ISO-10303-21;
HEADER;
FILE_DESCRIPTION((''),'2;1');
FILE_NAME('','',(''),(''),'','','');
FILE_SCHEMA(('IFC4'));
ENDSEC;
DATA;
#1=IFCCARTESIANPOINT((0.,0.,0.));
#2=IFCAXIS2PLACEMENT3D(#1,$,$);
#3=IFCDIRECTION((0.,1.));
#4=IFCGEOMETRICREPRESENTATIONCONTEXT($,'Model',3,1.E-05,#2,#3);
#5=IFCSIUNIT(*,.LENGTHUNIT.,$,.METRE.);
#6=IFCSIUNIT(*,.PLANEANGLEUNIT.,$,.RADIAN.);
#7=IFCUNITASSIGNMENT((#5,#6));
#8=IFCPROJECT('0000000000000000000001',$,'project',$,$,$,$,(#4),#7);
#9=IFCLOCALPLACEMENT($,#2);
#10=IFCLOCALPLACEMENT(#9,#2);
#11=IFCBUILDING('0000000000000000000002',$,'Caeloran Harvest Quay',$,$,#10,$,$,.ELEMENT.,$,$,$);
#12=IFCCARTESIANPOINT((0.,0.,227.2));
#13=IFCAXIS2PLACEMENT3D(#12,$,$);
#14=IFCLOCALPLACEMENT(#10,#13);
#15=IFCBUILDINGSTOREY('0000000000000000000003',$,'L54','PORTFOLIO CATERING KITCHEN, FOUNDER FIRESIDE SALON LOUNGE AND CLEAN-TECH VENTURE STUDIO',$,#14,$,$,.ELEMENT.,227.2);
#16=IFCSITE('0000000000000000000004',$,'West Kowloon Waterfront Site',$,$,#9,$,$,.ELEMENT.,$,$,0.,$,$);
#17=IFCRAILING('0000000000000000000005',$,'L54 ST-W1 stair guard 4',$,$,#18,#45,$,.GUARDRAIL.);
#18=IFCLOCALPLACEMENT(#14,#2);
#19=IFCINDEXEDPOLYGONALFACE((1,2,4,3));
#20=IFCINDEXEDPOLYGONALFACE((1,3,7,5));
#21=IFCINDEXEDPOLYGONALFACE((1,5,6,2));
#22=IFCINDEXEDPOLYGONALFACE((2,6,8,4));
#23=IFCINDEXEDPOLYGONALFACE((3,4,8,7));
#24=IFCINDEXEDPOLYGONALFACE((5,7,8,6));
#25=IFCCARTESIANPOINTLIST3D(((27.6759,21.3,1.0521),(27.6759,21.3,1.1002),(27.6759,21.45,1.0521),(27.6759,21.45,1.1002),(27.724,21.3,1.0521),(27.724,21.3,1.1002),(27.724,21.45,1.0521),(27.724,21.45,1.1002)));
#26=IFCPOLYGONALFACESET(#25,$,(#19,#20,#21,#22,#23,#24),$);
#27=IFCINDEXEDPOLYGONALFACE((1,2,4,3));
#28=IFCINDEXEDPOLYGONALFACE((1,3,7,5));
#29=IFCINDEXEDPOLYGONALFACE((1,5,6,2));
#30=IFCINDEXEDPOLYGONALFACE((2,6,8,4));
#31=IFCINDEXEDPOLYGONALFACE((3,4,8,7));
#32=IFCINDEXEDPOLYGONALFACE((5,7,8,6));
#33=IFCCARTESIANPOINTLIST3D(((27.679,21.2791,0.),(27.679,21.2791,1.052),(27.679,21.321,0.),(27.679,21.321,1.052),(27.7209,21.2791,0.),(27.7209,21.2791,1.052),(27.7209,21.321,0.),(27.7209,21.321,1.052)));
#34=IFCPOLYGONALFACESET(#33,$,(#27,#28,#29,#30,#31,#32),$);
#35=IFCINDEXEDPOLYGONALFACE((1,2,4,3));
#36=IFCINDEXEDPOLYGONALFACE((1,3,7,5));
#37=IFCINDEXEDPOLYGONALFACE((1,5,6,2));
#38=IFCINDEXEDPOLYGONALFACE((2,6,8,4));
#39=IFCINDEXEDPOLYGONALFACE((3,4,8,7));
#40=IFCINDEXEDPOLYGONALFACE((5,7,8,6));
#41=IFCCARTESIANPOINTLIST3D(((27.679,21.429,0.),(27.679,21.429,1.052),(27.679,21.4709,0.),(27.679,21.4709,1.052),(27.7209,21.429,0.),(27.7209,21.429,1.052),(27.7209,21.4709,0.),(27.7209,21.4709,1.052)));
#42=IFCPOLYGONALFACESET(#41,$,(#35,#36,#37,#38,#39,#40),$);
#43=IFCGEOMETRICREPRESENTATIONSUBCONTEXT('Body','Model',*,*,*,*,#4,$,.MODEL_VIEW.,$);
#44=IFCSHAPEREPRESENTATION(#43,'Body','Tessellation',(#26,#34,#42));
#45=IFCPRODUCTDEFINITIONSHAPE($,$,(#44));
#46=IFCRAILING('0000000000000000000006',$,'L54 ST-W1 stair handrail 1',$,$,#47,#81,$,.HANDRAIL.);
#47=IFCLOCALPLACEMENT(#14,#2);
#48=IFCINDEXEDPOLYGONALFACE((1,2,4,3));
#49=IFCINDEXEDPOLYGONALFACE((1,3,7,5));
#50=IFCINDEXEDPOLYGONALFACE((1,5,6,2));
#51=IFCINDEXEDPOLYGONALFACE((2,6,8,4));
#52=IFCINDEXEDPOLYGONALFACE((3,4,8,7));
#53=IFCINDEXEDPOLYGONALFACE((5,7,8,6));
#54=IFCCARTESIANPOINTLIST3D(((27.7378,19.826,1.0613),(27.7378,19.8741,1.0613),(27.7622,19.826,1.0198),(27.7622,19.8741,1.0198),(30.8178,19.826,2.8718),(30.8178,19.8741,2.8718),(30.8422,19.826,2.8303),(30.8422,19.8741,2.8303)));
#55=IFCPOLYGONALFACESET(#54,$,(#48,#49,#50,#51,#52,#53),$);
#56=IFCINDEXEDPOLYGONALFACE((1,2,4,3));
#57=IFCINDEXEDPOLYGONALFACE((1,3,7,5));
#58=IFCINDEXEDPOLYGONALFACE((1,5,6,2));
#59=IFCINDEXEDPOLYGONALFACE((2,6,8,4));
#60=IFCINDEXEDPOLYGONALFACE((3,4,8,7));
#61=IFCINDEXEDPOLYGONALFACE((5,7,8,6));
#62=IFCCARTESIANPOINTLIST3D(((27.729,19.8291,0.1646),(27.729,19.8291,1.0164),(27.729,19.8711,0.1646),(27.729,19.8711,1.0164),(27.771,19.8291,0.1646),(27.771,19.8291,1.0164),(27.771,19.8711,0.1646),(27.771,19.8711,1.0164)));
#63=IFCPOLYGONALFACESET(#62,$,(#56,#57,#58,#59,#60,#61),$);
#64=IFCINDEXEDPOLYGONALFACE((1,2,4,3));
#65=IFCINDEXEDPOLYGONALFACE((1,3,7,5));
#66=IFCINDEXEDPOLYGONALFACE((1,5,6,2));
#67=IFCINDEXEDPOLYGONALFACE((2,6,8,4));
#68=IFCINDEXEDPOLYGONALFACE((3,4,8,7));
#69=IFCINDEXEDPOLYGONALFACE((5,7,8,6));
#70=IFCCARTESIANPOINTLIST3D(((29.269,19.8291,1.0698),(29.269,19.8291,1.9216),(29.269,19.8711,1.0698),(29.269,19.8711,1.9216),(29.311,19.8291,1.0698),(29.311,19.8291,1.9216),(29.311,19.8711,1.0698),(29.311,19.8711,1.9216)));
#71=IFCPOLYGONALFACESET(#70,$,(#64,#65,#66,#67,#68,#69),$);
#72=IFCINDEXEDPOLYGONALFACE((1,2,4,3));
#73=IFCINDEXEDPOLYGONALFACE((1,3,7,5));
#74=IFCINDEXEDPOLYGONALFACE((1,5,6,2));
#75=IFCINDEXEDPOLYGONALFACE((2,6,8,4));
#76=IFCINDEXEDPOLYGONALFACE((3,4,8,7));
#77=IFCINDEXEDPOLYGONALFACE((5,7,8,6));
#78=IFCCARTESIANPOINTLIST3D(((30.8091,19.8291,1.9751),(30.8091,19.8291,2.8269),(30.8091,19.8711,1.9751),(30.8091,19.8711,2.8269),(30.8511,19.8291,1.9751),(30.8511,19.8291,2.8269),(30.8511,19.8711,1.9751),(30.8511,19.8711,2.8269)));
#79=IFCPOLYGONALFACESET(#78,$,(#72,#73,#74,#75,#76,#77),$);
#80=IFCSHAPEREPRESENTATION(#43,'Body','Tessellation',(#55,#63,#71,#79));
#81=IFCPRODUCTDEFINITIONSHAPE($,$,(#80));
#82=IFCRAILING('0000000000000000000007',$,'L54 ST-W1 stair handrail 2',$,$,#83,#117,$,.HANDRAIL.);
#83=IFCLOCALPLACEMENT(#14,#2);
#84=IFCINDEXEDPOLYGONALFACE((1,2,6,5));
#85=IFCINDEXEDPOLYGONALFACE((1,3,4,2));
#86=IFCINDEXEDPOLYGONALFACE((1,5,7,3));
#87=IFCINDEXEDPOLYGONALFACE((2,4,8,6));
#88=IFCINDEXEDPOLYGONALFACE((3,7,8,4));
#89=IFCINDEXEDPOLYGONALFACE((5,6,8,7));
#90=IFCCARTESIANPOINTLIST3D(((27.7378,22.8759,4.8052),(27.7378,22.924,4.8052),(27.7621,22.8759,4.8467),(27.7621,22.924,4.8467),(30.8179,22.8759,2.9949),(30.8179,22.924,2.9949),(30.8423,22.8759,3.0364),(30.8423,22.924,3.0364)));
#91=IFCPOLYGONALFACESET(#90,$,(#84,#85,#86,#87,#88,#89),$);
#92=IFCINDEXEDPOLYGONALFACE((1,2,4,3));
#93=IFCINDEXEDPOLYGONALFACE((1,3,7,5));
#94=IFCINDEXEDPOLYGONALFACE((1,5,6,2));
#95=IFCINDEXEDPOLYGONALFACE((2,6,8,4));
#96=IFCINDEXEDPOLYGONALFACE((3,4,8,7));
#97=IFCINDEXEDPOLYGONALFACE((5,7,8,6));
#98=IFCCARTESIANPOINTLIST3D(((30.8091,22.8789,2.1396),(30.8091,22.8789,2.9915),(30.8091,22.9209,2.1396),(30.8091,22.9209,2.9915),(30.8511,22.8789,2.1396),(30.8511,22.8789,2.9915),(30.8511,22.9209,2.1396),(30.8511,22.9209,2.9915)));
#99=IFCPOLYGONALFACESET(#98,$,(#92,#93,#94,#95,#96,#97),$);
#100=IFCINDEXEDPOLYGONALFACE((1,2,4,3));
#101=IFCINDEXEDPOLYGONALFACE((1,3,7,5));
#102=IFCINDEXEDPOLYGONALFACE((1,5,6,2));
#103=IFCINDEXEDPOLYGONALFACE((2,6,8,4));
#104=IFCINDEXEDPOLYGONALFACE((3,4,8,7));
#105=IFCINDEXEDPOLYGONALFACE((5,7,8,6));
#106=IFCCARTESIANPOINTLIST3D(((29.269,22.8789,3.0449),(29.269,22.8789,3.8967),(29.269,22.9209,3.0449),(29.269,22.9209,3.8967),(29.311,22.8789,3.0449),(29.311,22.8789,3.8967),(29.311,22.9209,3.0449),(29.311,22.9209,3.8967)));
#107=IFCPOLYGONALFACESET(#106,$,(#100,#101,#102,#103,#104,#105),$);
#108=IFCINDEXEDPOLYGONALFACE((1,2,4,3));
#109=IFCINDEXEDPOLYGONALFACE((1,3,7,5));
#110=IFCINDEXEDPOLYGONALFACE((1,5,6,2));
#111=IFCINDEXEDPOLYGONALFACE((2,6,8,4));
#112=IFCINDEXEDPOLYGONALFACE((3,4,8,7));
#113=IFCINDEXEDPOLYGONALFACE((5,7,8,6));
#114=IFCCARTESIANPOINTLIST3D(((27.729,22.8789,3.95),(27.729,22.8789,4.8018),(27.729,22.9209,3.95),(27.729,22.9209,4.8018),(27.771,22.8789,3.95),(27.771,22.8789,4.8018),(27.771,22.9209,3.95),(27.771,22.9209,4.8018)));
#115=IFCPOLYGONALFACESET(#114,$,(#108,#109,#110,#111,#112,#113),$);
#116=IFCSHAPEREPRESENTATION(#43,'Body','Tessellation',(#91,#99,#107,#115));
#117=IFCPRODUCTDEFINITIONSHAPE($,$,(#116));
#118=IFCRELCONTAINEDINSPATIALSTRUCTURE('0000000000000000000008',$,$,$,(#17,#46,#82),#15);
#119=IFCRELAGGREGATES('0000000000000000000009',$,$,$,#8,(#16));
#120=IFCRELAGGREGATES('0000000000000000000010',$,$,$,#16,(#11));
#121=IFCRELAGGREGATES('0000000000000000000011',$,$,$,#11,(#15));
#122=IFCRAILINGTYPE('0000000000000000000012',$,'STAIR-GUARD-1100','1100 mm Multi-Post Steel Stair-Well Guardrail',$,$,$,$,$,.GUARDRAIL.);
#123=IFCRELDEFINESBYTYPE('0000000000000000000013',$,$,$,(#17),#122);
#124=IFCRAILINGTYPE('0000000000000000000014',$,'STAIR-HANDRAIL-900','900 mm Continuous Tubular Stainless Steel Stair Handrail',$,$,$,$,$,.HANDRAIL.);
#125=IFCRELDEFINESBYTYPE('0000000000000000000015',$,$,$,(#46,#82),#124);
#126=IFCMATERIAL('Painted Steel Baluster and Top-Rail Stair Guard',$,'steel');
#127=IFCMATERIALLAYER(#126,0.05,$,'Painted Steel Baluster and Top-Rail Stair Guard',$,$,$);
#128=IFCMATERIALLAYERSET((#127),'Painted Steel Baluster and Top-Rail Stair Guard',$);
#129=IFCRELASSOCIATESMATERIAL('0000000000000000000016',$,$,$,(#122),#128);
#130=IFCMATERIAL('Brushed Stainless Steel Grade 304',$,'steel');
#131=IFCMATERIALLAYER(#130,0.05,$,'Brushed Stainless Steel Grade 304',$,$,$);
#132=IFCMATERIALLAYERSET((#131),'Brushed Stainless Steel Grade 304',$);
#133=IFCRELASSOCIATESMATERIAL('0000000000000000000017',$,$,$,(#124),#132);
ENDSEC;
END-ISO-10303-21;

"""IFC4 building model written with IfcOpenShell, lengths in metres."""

from ifc_helpers import new_model, si_unit, direction, frame, origin, origin_2d, place, context, subcontext, project, spatial, rectangle, extrude, material, layer, layer_set, type_object, element, save


model = new_model("IFC4")

# Units and contexts
model_context = context("Model", 3, precision=1e-05, world=origin(), true_north=direction((0.0, 1.0)))
body_context = subcontext(model_context, "Body", "Model", "MODEL_VIEW")
ifc_project = project(units=[si_unit("LENGTHUNIT", "METRE"), si_unit("PLANEANGLEUNIT", "RADIAN")], contexts=[model_context])

# Site, building, storey
site_placement = place(None, origin())
site = spatial("IfcSite", under=ifc_project, at=site_placement, Name="West Kowloon Waterfront Site", CompositionType="ELEMENT", RefElevation=0.0)
building_placement = place(site_placement, origin())
building = spatial("IfcBuilding", under=site, at=building_placement, Name="Caeloran Harvest Quay", CompositionType="ELEMENT")
storey_placement = place(building_placement, frame((0.0, 0.0, 227.2)))
storey = spatial("IfcBuildingStorey", under=building, at=storey_placement, Name="L54", Description="PORTFOLIO CATERING KITCHEN, FOUNDER FIRESIDE SALON LOUNGE AND CLEAN-TECH VENTURE STUDIO", CompositionType="ELEMENT", Elevation=227.2)

# Railings
ifc_material_1 = material(Name="Painted Steel Baluster and Top-Rail Stair Guard", Category="steel")
ifc_layer_1 = layer(ifc_material_1, 0.05, Name="Painted Steel Baluster and Top-Rail Stair Guard")
ifc_layer_set_1 = layer_set([ifc_layer_1], Name="Painted Steel Baluster and Top-Rail Stair Guard")
railing_type_1 = type_object("IfcRailingType", Name="STAIR-GUARD-1100", Description="1100 mm Multi-Post Steel Stair-Well Guardrail", PredefinedType="GUARDRAIL", material=ifc_layer_set_1)
railing_1_placement = place(storey_placement, frame((27.7, 21.3, 0.0)))
element("IfcRailing", 1, at=railing_1_placement, inside=storey, type_object=railing_type_1, Name="L54 ST-W1 stair guard 4", PredefinedType="GUARDRAIL", context=body_context, shape_type="SweptSolid", body=[
    extrude(rectangle(XDim=0.0481, YDim=0.0481, at=origin_2d()), frame((0.0, 0.0, 1.0762), z_axis=(0.0, 1.0, 0.0), x_axis=(-1.0, 0.0, 0.0)), (0.0, 0.0, 1.0), 0.1499),
    extrude(rectangle(XDim=0.042, YDim=0.042, at=origin_2d()), origin(), (0.0, 0.0, 1.0), 1.052),
    extrude(rectangle(XDim=0.042, YDim=0.042, at=origin_2d()), frame((0.0, 0.1499, 0.0)), (0.0, 0.0, 1.0), 1.052),
])
ifc_material_2 = material(Name="Brushed Stainless Steel Grade 304", Category="steel")
ifc_layer_2 = layer(ifc_material_2, 0.05, Name="Brushed Stainless Steel Grade 304")
ifc_layer_set_2 = layer_set([ifc_layer_2], Name="Brushed Stainless Steel Grade 304")
railing_type_2 = type_object("IfcRailingType", Name="STAIR-HANDRAIL-900", Description="900 mm Continuous Tubular Stainless Steel Stair Handrail", PredefinedType="HANDRAIL", material=ifc_layer_set_2)
railing_2_placement = place(storey_placement, frame((27.75, 19.8501, 0.1646)))
element("IfcRailing", 2, at=railing_2_placement, inside=storey, type_object=railing_type_2, Name="L54 ST-W1 stair handrail 1", PredefinedType="HANDRAIL", context=body_context, shape_type="SweptSolid", body=[
    extrude(rectangle(XDim=0.0481, YDim=0.0481, at=origin_2d()), frame((0.0, 0.0, 0.876), z_axis=(0.862089, 0.0, 0.506757), x_axis=(0.0, 1.0, 0.0)), (0.0, 0.0, 1.0), 3.5728),
    extrude(rectangle(XDim=0.042, YDim=0.042, at=origin_2d()), origin(), (0.0, 0.0, 1.0), 0.8518),
    extrude(rectangle(XDim=0.042, YDim=0.042, at=origin_2d()), frame((1.54, 0.0, 0.9053)), (0.0, 0.0, 1.0), 0.8518),
    extrude(rectangle(XDim=0.042, YDim=0.042, at=origin_2d()), frame((3.0801, 0.0, 1.8105)), (0.0, 0.0, 1.0), 0.8518),
])
railing_3_placement = place(storey_placement, frame((30.8301, 22.8999, 2.1396)))
element("IfcRailing", 3, at=railing_3_placement, inside=storey, type_object=railing_type_2, Name="L54 ST-W1 stair handrail 2", PredefinedType="HANDRAIL", context=body_context, shape_type="SweptSolid", body=[
    extrude(rectangle(XDim=0.0481, YDim=0.0481, at=origin_2d()), frame((0.0, 0.0, 0.876), z_axis=(-0.862119, 0.0, 0.506707), x_axis=(0.0, -1.0, 0.0)), (0.0, 0.0, 1.0), 3.5728),
    extrude(rectangle(XDim=0.042, YDim=0.042, at=origin_2d()), origin(), (0.0, 0.0, 1.0), 0.8518),
    extrude(rectangle(XDim=0.042, YDim=0.042, at=origin_2d()), frame((-1.54, 0.0, 0.9053)), (0.0, 0.0, 1.0), 0.8518),
    extrude(rectangle(XDim=0.042, YDim=0.042, at=origin_2d()), frame((-3.0801, 0.0, 1.8103)), (0.0, 0.0, 1.0), 0.8518),
])

save(model, "model.ifc")
